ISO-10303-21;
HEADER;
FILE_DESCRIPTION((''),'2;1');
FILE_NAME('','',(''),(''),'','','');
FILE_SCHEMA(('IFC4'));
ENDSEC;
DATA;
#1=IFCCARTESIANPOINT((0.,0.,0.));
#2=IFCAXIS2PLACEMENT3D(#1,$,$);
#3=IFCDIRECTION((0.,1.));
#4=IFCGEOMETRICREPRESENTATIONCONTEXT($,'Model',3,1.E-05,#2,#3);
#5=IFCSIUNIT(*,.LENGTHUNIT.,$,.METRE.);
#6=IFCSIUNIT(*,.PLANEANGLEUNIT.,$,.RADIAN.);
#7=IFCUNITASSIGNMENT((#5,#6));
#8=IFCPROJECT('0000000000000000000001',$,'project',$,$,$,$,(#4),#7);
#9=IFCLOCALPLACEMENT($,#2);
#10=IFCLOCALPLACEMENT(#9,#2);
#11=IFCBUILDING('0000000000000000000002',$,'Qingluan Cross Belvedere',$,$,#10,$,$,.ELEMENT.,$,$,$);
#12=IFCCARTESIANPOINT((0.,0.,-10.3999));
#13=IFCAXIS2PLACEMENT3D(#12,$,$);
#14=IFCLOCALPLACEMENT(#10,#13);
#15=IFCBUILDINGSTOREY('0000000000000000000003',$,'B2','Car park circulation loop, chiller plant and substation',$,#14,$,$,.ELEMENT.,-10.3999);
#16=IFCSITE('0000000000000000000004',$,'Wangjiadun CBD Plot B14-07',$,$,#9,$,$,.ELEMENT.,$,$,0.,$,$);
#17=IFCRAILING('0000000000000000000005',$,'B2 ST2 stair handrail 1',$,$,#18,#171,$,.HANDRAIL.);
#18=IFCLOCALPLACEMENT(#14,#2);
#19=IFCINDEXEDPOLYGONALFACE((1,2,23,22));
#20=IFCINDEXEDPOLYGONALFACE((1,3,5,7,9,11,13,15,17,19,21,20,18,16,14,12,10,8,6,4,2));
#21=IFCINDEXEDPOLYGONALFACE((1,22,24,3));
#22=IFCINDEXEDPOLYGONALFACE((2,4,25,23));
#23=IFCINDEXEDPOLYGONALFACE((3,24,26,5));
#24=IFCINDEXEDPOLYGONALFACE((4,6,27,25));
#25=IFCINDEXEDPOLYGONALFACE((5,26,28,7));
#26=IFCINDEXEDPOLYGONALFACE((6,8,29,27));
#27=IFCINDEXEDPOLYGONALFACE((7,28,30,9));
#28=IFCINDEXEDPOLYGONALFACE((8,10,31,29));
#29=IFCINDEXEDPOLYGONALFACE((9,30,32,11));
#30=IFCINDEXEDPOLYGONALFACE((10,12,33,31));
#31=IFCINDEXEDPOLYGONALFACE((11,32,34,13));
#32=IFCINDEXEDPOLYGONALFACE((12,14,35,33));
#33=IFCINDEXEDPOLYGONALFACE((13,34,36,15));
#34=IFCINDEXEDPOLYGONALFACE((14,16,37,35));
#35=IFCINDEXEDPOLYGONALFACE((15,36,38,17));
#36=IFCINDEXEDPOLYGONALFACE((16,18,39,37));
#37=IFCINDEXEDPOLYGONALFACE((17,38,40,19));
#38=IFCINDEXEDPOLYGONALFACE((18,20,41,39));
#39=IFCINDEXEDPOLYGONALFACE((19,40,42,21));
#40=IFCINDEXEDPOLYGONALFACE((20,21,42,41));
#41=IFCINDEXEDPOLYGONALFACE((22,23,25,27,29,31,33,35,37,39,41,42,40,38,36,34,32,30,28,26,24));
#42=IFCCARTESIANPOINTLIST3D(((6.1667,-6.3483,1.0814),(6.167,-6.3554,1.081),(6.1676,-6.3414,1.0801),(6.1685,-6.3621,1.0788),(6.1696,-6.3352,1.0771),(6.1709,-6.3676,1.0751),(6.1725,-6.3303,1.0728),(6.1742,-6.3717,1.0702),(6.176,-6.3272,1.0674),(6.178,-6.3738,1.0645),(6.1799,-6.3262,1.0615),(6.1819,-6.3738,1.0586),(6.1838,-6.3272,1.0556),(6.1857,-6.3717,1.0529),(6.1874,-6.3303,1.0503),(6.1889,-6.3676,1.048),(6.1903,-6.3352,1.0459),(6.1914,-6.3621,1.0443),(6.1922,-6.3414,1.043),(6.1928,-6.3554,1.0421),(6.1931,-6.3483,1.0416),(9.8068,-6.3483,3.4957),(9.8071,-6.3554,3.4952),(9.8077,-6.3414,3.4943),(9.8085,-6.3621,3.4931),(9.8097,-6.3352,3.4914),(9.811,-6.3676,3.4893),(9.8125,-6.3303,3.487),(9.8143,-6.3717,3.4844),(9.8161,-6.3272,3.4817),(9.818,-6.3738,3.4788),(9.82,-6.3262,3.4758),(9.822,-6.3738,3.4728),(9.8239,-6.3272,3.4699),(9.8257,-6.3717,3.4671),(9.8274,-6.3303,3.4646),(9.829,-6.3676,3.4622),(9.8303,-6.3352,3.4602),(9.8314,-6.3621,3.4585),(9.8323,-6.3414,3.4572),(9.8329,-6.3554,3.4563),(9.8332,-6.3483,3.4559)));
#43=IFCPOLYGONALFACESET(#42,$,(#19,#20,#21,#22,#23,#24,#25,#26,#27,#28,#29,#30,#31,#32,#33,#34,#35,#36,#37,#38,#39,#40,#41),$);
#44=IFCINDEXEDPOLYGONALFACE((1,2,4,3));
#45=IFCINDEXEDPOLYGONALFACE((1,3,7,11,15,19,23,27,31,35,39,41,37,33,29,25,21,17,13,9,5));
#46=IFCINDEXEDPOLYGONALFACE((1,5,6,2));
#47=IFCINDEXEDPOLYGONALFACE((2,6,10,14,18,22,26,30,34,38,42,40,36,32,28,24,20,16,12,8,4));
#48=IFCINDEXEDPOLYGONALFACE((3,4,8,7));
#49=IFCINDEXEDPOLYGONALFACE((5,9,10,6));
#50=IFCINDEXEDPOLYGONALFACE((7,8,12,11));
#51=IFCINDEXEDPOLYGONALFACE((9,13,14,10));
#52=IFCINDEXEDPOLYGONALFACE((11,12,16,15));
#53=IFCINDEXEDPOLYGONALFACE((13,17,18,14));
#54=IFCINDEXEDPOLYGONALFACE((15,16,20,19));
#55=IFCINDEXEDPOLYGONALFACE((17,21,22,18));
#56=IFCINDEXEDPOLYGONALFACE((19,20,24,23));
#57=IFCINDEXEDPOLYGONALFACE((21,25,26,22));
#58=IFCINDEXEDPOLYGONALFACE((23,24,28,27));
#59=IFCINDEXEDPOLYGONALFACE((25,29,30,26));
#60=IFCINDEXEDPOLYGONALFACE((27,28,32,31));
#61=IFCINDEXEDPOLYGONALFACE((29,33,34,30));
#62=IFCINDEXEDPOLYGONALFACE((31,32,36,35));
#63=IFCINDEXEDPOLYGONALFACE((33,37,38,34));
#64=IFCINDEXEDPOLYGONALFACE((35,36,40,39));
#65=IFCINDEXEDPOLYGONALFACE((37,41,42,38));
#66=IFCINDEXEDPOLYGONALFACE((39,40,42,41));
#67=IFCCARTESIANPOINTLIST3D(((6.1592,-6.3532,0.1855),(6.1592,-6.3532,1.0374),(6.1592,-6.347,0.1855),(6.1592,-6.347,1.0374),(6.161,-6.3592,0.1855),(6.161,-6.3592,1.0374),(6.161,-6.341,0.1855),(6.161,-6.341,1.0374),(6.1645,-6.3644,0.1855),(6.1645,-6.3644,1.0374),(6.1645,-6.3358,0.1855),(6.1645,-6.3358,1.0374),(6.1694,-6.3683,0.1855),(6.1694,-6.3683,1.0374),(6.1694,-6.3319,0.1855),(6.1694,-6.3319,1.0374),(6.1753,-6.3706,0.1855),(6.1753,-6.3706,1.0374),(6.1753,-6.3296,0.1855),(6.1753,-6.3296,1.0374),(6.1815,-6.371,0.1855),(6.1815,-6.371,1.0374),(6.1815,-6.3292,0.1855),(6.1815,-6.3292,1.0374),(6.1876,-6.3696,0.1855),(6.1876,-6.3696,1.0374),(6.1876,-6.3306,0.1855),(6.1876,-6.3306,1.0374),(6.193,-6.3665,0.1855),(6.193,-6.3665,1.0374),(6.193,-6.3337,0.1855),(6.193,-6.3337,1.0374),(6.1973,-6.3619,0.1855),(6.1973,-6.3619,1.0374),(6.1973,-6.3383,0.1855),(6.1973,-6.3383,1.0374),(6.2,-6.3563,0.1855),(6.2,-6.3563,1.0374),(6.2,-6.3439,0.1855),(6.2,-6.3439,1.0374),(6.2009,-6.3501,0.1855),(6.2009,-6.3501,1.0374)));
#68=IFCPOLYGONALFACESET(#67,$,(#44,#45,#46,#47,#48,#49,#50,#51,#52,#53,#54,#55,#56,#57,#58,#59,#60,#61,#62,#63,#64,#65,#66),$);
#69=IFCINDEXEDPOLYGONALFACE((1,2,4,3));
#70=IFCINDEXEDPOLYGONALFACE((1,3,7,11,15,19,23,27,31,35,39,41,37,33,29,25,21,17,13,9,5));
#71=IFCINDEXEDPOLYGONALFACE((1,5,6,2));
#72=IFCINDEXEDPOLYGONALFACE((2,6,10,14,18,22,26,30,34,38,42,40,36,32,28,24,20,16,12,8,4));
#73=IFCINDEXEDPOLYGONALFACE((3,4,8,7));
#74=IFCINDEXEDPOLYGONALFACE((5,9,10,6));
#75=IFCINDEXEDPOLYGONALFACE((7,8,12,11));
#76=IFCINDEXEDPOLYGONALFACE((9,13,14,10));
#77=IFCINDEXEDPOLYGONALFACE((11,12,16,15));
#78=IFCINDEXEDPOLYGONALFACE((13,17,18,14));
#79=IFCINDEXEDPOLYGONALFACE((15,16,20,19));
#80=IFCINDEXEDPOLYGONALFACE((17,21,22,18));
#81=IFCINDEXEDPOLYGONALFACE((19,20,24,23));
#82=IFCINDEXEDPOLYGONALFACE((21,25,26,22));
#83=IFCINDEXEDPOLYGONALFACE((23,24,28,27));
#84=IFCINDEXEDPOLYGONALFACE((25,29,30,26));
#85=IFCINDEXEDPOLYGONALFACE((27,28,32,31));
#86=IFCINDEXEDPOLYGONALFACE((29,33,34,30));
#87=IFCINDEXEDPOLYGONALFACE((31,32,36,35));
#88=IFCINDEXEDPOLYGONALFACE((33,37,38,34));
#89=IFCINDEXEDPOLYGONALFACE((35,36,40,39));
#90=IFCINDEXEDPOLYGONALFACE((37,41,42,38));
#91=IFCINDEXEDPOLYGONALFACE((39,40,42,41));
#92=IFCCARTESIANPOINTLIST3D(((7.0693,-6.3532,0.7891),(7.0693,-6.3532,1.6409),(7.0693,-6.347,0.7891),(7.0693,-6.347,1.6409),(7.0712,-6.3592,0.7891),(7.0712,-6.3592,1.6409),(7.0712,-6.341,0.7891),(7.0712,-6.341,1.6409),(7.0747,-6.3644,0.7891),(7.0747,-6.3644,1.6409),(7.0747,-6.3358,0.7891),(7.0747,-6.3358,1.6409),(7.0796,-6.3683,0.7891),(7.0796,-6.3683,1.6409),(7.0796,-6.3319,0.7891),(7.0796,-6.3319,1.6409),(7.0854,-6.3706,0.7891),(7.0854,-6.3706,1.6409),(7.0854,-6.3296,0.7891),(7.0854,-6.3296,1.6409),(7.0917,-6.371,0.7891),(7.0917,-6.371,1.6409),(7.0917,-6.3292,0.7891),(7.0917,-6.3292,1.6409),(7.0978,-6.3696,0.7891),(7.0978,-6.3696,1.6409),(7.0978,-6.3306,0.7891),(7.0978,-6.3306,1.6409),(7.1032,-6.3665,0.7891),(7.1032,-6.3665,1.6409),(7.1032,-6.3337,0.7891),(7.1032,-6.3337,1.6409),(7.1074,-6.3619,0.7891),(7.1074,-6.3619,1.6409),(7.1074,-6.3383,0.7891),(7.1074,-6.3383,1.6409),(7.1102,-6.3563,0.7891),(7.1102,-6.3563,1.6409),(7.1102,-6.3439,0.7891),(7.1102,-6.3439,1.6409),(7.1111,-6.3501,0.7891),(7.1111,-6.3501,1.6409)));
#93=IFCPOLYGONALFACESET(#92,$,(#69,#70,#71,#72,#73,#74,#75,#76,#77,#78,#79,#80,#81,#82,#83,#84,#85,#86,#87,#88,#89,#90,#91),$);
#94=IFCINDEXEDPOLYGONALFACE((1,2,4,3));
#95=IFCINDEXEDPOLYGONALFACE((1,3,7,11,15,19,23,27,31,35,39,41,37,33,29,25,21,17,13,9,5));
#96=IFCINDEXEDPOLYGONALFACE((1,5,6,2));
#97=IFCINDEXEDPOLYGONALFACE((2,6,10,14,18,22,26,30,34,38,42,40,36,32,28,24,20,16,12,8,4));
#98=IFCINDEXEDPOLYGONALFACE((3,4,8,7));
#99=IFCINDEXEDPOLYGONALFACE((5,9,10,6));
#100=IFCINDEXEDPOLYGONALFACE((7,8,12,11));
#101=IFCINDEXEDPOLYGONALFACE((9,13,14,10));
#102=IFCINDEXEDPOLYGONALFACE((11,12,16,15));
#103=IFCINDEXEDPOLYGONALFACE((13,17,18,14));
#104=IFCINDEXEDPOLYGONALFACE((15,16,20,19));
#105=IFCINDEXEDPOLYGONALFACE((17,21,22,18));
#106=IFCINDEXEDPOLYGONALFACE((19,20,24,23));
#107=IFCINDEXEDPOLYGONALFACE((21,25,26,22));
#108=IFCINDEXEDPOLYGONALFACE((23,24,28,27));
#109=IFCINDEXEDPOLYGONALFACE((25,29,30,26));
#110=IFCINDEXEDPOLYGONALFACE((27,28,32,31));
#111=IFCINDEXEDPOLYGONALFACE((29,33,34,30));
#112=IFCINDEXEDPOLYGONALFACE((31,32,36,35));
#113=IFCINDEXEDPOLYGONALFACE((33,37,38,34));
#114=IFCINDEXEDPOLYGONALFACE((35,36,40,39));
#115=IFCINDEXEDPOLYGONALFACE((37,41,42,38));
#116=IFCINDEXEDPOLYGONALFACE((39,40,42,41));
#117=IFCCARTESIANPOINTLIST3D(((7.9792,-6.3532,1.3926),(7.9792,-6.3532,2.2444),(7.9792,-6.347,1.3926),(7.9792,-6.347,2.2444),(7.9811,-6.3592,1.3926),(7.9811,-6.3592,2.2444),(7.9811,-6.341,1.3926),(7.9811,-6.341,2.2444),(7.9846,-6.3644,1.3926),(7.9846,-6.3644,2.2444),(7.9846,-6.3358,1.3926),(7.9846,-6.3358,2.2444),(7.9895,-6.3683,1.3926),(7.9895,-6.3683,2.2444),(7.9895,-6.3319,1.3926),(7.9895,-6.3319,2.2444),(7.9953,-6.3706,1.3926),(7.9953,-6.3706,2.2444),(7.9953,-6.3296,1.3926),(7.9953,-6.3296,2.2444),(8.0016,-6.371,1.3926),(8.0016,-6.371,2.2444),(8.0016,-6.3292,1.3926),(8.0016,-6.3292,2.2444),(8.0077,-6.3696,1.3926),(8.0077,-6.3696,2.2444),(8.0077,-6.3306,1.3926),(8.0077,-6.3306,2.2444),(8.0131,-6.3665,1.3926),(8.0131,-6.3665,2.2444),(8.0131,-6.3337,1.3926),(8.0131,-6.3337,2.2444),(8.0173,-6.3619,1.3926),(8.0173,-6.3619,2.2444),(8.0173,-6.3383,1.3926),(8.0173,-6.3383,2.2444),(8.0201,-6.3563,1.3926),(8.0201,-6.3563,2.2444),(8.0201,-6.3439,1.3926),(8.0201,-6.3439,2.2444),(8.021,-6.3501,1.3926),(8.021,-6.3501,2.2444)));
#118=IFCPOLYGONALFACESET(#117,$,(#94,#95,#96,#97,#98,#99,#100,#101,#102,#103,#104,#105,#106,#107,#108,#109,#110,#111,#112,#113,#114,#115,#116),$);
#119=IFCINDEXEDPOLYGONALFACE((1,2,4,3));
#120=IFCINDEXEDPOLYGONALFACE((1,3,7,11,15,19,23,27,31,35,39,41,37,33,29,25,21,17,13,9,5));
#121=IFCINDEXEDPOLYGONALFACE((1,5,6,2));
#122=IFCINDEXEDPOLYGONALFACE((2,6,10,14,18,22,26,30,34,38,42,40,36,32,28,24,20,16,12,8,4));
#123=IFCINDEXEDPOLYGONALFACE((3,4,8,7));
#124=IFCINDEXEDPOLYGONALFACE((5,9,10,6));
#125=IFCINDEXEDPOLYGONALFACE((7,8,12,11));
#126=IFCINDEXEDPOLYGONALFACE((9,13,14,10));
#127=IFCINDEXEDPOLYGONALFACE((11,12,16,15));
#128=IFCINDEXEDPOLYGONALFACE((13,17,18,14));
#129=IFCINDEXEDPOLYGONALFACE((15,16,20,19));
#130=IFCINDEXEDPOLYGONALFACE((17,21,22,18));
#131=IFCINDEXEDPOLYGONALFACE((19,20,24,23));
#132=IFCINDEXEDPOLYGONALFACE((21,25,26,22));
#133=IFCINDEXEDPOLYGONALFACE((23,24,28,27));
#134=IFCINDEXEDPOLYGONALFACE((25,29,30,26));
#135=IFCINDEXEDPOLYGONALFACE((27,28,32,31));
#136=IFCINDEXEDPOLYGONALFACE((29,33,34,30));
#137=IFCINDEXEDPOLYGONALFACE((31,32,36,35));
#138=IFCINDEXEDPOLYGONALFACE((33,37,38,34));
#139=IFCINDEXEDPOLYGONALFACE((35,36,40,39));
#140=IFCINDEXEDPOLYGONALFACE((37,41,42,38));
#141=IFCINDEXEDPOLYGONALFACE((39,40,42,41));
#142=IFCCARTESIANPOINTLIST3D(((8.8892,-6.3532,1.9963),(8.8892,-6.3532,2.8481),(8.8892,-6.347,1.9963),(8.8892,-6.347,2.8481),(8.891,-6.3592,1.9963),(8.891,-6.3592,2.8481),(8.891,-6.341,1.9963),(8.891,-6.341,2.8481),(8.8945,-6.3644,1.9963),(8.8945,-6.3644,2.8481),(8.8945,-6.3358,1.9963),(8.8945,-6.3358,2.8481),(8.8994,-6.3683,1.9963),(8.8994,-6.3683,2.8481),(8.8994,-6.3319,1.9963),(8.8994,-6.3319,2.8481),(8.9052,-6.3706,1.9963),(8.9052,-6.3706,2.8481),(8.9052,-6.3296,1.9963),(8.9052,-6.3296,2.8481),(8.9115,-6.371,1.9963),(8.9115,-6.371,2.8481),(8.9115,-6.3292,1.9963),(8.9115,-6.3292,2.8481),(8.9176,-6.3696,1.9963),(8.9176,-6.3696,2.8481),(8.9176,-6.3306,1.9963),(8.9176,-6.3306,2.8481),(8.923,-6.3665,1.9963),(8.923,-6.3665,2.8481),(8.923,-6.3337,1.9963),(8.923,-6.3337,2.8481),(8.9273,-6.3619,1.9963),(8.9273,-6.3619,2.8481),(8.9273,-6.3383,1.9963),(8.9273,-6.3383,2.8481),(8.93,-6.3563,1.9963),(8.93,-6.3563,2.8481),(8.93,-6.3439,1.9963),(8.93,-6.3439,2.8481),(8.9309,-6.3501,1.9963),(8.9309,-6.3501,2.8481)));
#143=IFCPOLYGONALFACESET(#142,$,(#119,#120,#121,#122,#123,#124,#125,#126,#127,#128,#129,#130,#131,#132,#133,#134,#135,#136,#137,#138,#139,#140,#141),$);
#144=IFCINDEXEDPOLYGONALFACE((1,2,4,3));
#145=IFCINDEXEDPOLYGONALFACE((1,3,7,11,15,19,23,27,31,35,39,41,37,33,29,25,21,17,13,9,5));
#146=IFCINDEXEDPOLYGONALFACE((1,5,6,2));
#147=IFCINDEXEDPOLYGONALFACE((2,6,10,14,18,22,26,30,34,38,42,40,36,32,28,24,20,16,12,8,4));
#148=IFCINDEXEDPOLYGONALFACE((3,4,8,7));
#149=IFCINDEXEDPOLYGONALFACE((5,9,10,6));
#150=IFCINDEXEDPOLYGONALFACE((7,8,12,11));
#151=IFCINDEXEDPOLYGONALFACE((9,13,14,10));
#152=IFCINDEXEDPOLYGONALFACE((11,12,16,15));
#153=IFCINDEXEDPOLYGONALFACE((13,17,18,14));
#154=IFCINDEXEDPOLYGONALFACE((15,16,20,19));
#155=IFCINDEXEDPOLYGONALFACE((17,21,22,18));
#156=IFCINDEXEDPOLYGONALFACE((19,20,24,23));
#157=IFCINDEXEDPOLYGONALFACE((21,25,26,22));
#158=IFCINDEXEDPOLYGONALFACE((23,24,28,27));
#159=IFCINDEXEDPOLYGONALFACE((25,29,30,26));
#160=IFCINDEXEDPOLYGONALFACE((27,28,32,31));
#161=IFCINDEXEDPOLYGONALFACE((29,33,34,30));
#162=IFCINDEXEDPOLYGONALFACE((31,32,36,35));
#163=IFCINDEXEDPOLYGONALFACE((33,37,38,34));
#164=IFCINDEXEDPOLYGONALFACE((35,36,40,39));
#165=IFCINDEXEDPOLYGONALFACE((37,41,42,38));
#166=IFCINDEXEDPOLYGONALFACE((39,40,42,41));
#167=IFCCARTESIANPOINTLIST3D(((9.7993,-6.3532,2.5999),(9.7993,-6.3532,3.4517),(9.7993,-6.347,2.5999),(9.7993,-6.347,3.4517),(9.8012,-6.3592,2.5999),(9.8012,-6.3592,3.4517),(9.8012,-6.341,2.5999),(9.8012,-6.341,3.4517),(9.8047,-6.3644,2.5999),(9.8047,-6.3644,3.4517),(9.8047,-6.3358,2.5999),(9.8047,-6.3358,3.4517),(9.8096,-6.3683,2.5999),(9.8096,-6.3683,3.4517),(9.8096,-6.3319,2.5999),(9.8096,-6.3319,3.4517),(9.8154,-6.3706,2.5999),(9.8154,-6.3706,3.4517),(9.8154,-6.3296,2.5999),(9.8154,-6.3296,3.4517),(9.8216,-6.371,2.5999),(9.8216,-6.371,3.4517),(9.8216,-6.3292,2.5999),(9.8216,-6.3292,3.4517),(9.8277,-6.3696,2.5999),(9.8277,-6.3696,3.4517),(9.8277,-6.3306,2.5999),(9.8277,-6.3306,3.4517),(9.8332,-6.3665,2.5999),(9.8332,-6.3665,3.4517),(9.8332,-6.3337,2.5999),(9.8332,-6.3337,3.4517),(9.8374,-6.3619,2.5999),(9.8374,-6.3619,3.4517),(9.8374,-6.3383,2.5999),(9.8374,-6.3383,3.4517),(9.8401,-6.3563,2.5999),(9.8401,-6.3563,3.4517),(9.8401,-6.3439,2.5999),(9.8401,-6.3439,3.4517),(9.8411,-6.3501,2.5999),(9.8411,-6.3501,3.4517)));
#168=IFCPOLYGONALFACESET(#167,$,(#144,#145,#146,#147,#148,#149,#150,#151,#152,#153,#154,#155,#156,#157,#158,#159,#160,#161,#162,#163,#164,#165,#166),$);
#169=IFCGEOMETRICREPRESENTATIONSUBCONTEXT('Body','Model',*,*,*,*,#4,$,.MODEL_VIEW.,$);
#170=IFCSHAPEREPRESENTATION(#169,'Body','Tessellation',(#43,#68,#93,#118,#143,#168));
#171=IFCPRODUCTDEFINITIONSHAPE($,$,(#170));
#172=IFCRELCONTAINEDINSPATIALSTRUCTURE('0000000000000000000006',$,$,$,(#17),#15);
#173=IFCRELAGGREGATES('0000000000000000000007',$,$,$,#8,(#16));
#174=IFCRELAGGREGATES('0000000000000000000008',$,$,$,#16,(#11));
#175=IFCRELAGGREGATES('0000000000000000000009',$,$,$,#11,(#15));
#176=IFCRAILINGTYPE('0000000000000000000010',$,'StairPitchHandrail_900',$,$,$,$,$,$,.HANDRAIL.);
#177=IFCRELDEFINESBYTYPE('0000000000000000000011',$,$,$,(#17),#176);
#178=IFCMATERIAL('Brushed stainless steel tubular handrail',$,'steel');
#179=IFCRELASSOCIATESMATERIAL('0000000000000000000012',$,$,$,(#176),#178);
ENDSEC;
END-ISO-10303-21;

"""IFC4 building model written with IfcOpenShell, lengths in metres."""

from ifc_helpers import new_model, si_unit, direction, frame, origin, origin_2d, place, context, subcontext, project, spatial, circle, extrude, material, type_object, element, save


model = new_model("IFC4")

# Units and contexts
model_context = context("Model", 3, precision=1e-05, world=origin(), true_north=direction((0.0, 1.0)))
body_context = subcontext(model_context, "Body", "Model", "MODEL_VIEW")
ifc_project = project(units=[si_unit("LENGTHUNIT", "METRE"), si_unit("PLANEANGLEUNIT", "RADIAN")], contexts=[model_context])

# Site, building, storey
site_placement = place(None, origin())
site = spatial("IfcSite", under=ifc_project, at=site_placement, Name="Wangjiadun CBD Plot B14-07", CompositionType="ELEMENT", RefElevation=0.0)
building_placement = place(site_placement, origin())
building = spatial("IfcBuilding", under=site, at=building_placement, Name="Qingluan Cross Belvedere", CompositionType="ELEMENT")
storey_placement = place(building_placement, frame((0.0, 0.0, -10.3999)))
storey = spatial("IfcBuildingStorey", under=building, at=storey_placement, Name="B2", Description="Car park circulation loop, chiller plant and substation", CompositionType="ELEMENT", Elevation=-10.3999)

# Railing
ifc_material_1 = material(Name="Brushed stainless steel tubular handrail", Category="steel")
railing_type_1 = type_object("IfcRailingType", Name="StairPitchHandrail_900", PredefinedType="HANDRAIL", material=ifc_material_1)
for number, where, name in (
    (1, (6.1799, -6.3501, 0.1855), "B2 ST2 stair handrail 1"),
):
    element("IfcRailing", number, at=place(storey_placement, frame(where)), inside=storey, type_object=railing_type_1, Name=name, PredefinedType="HANDRAIL", context=body_context, shape_type="SweptSolid", body=[
        extrude(circle(Radius=0.0239, at=origin_2d()), frame((0.0, 0.0, 0.876), z_axis=(0.833364, 0.0, 0.552725), x_axis=(0.0, 1.0, 0.0)), (0.0, 0.0, 1.0), 4.3679),
        extrude(circle(Radius=0.021, at=origin_2d()), origin(), (0.0, 0.0, 1.0), 0.8518),
        extrude(circle(Radius=0.021, at=origin_2d()), frame((0.9102, 0.0, 0.6035)), (0.0, 0.0, 1.0), 0.8518),
        extrude(circle(Radius=0.021, at=origin_2d()), frame((1.8201, 0.0, 1.207)), (0.0, 0.0, 1.0), 0.8518),
        extrude(circle(Radius=0.021, at=origin_2d()), frame((2.73, 0.0, 1.8108)), (0.0, 0.0, 1.0), 0.8518),
        extrude(circle(Radius=0.021, at=origin_2d()), frame((3.6401, 0.0, 2.4143)), (0.0, 0.0, 1.0), 0.8518),
    ])

save(model, "model.ifc")
